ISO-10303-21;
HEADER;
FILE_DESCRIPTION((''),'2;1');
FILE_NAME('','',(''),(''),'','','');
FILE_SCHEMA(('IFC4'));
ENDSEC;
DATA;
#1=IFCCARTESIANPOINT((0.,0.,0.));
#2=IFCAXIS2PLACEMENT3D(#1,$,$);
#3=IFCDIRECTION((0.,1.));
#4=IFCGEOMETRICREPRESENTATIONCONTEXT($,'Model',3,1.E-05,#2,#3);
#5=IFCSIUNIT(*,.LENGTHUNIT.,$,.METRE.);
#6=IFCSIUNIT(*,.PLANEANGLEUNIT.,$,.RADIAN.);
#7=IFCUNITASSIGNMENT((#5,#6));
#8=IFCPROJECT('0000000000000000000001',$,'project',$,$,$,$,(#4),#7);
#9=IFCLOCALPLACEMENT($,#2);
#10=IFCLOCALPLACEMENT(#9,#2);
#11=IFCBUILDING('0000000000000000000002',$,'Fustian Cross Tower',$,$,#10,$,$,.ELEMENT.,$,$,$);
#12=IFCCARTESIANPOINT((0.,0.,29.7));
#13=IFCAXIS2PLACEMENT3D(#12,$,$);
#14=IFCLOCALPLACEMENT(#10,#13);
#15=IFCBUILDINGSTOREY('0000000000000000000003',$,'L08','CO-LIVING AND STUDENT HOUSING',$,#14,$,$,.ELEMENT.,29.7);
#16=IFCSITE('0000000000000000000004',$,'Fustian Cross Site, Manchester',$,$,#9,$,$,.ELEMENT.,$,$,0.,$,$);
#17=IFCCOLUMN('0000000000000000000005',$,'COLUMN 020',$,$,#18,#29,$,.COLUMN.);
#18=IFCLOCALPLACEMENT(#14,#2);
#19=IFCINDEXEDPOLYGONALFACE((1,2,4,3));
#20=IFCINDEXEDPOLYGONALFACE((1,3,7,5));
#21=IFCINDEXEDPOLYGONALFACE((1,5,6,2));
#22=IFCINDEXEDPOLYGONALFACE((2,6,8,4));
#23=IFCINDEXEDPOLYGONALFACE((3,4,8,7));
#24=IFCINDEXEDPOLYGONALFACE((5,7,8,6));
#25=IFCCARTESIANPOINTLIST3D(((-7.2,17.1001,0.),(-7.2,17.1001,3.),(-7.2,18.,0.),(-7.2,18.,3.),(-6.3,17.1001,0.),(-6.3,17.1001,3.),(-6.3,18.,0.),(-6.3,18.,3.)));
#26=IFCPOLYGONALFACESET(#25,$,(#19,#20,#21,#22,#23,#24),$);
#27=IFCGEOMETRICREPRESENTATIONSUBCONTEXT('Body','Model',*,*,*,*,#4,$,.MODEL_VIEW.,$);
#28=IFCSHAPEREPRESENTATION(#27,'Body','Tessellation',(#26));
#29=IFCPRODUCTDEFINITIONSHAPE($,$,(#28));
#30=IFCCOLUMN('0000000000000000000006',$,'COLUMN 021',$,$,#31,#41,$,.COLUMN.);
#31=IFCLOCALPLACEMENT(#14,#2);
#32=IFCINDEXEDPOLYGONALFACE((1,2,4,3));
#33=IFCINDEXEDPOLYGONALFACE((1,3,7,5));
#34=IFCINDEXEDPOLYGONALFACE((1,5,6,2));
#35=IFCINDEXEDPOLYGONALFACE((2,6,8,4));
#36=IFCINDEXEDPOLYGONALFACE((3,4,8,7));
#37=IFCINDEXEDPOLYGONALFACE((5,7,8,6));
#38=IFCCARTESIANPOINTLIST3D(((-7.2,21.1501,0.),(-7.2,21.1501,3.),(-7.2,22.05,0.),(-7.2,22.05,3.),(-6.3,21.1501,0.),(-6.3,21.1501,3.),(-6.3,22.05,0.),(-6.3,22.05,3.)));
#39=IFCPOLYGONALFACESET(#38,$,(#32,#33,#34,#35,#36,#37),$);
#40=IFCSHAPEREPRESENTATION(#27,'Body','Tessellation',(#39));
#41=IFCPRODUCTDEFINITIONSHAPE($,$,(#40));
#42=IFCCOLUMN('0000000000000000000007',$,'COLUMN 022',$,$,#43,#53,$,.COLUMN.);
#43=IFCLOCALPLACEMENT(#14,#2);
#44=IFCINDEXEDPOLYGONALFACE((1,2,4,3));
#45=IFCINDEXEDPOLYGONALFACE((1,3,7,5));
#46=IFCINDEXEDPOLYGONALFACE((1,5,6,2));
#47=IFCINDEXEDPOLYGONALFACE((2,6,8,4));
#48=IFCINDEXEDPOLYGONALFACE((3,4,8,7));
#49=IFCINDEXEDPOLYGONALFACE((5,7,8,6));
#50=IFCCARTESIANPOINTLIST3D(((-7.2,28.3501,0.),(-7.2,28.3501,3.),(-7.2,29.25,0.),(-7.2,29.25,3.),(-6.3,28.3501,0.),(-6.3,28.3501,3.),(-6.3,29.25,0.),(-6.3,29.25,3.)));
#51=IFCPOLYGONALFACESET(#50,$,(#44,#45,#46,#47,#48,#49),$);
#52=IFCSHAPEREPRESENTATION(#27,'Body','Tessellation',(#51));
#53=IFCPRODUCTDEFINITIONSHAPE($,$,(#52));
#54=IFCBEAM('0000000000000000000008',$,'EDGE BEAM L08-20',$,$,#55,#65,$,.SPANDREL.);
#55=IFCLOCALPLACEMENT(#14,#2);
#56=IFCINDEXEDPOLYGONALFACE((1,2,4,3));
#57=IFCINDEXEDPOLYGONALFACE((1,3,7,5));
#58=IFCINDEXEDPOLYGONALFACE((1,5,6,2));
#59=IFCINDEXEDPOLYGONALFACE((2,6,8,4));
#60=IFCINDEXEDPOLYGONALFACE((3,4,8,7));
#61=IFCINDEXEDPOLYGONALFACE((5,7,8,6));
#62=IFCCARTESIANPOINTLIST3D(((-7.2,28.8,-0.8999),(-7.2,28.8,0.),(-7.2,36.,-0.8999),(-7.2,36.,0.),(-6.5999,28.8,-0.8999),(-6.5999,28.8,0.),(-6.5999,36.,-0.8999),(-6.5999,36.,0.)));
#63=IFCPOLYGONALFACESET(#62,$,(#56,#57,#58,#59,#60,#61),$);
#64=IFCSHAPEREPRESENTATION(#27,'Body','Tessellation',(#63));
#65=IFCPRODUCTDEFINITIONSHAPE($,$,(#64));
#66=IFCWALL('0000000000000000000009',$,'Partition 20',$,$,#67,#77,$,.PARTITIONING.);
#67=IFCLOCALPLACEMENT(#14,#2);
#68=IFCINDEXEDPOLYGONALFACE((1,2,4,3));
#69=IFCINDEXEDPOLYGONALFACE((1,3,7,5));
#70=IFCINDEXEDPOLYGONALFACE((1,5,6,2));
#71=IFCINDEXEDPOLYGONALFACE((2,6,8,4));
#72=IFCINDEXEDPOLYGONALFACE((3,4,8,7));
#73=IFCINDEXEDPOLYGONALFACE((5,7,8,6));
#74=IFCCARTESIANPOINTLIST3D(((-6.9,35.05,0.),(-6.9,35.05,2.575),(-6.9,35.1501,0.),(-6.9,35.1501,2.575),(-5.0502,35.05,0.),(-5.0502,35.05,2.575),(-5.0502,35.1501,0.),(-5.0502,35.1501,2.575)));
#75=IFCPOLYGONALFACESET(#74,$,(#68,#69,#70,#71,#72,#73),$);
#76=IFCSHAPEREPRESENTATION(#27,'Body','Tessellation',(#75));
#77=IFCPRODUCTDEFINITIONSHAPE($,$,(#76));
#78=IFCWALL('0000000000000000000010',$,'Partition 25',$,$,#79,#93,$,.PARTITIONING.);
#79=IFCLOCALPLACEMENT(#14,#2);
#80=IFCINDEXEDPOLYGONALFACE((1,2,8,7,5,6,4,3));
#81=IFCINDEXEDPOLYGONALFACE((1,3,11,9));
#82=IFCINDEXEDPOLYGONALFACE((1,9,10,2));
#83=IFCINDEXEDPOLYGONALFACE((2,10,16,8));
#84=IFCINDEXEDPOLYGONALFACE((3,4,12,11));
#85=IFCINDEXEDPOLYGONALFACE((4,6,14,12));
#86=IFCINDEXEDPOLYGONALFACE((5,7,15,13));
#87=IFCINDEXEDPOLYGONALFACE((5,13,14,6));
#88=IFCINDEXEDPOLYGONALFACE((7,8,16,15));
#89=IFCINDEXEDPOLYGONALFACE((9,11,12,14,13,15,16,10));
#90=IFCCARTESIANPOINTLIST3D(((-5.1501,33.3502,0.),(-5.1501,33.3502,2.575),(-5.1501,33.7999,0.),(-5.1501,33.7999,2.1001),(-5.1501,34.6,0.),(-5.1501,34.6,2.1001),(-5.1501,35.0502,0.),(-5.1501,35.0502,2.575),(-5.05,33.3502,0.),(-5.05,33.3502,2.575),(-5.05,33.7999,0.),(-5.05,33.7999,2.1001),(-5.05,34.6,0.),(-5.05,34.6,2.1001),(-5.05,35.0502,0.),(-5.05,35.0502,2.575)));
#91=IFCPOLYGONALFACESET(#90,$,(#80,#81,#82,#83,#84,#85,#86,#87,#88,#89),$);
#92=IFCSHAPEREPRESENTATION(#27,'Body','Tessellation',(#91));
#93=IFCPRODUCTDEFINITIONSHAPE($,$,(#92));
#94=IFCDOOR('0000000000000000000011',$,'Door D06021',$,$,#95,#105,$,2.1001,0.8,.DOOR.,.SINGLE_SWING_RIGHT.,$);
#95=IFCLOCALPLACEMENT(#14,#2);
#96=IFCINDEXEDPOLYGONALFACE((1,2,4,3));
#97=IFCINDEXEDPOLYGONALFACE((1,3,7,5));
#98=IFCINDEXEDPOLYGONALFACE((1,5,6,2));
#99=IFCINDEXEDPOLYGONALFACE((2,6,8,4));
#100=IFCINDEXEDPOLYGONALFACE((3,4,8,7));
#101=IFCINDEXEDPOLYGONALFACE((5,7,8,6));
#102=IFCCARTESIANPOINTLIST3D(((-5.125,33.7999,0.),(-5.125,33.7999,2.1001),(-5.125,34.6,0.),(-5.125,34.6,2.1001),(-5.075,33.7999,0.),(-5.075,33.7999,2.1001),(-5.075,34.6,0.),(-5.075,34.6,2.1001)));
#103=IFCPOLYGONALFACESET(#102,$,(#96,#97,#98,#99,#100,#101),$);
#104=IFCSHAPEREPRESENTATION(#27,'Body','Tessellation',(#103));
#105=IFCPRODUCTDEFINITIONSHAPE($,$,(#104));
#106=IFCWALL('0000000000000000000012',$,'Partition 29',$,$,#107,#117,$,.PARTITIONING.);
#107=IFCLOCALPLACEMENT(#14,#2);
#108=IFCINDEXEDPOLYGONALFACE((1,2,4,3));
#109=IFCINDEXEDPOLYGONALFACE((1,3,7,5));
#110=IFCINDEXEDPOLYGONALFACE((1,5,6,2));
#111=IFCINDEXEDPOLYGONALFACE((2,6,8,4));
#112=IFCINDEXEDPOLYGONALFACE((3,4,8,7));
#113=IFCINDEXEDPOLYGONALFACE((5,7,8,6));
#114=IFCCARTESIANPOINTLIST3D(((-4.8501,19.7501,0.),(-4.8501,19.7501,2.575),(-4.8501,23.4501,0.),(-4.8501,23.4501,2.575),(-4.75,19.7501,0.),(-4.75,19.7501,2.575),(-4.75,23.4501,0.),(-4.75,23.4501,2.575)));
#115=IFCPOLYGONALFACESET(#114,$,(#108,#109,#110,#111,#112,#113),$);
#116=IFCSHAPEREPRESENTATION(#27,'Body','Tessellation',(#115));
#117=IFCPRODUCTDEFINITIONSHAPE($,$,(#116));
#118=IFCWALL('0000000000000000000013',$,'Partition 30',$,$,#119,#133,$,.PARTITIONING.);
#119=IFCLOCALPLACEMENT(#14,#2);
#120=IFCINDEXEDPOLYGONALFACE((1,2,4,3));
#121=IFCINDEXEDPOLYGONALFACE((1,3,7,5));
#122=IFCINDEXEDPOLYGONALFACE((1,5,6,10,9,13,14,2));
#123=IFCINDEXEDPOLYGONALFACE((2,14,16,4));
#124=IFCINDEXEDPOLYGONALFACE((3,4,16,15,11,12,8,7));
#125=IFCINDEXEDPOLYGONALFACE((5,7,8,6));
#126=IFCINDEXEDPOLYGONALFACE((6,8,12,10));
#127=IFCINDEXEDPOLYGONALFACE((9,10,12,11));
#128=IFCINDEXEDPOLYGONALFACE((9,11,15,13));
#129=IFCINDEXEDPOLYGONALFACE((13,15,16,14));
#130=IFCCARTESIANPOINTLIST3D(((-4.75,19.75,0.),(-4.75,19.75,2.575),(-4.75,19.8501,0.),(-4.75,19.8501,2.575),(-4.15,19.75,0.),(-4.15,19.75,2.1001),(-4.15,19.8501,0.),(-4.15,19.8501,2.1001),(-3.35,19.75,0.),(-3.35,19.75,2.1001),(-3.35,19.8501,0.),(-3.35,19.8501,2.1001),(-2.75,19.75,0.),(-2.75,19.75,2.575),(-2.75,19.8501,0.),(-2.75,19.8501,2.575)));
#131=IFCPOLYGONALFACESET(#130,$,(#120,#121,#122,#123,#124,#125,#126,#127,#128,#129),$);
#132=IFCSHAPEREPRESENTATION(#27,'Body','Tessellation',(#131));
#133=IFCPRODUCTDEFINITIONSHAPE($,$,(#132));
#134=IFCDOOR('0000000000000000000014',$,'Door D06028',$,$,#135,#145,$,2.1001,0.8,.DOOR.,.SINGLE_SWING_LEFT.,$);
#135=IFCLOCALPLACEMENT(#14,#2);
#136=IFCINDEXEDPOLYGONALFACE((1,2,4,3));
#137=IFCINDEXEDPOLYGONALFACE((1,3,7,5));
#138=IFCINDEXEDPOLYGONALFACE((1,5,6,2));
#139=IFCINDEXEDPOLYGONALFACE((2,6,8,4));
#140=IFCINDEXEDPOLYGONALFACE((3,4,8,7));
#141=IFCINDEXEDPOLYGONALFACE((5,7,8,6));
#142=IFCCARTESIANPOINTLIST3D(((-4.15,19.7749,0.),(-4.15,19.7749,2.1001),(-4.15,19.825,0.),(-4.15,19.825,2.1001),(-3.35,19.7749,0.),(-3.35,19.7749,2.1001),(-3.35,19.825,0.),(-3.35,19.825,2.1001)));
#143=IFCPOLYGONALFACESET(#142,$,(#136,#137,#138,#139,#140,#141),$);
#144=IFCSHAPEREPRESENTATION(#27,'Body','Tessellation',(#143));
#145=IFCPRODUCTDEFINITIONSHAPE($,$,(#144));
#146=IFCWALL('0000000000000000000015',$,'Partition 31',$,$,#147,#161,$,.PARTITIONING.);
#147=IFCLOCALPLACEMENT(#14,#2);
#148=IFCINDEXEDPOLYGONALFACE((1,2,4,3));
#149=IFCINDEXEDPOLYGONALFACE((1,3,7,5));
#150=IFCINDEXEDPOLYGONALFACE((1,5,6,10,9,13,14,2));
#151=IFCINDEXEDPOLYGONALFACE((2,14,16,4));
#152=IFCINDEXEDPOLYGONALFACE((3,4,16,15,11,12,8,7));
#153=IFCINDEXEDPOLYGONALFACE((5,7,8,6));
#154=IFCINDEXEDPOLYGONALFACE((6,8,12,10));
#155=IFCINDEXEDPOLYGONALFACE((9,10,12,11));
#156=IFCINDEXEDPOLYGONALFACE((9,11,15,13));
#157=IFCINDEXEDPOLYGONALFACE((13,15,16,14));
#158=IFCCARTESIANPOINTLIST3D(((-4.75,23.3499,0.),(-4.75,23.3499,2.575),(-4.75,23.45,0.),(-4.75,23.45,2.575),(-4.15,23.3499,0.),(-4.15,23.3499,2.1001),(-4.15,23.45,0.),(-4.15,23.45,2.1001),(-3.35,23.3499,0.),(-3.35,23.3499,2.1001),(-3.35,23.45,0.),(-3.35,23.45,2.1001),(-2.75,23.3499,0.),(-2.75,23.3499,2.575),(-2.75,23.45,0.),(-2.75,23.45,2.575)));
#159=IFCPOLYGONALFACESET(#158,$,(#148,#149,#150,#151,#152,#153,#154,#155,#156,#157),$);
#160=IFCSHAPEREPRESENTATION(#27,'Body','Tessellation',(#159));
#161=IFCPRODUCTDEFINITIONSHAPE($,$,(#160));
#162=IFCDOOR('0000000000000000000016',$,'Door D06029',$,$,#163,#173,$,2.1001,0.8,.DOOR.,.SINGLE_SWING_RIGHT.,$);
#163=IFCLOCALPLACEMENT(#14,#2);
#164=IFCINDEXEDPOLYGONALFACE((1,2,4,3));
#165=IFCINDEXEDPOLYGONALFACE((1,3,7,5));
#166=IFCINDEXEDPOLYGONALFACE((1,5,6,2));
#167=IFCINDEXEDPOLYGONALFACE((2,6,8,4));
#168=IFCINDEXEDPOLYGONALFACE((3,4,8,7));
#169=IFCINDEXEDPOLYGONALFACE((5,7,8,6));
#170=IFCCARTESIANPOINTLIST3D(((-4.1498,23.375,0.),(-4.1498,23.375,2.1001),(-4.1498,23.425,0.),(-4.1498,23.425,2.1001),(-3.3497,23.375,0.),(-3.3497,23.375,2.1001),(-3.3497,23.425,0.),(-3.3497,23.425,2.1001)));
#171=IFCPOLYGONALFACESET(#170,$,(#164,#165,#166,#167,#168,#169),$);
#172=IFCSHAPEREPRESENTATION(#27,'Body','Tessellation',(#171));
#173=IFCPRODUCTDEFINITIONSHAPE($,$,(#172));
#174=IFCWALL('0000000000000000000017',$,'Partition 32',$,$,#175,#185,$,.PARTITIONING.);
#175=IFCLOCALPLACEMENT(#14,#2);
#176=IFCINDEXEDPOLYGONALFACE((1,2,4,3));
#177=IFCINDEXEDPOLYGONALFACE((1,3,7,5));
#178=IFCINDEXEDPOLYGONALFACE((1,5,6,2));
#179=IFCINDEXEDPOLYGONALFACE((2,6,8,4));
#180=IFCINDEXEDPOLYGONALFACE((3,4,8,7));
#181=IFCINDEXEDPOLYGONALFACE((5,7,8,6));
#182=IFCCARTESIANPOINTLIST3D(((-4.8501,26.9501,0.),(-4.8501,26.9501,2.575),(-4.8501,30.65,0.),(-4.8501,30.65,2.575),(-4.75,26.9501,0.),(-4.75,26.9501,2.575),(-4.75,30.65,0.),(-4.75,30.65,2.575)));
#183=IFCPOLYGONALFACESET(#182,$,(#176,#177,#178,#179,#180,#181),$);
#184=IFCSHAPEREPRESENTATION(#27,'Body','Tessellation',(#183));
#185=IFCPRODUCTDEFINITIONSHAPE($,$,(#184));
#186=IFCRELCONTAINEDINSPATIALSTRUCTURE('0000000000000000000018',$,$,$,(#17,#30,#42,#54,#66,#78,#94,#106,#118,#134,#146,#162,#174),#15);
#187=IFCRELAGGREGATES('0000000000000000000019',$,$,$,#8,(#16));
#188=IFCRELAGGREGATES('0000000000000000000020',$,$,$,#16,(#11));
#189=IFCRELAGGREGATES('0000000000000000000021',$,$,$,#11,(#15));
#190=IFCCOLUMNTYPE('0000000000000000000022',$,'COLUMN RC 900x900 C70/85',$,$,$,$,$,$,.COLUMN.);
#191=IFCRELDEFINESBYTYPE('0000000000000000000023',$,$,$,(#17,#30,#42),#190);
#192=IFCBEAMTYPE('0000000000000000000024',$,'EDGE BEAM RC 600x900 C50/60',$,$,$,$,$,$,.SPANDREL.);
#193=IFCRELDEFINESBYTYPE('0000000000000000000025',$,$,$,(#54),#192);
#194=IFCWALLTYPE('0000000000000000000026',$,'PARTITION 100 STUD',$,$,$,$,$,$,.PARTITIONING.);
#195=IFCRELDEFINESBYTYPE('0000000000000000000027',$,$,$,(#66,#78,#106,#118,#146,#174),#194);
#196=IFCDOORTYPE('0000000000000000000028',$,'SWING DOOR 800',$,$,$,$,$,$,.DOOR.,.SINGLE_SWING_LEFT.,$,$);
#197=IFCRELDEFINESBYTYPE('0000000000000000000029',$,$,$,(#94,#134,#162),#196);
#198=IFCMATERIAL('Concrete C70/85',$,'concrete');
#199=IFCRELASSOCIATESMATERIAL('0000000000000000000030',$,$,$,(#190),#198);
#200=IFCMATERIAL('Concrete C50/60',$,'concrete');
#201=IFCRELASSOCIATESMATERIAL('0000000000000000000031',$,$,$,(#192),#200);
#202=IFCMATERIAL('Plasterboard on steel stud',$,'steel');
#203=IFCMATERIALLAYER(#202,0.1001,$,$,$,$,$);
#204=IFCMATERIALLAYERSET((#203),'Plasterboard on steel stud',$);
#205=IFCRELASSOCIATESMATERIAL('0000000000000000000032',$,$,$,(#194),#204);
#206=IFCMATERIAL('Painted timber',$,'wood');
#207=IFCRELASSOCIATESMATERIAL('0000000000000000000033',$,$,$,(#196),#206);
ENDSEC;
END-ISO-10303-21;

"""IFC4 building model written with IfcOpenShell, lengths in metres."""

from ifc_helpers import new_model, si_unit, direction, frame, frame_2d, origin, origin_2d, place, context, subcontext, project, spatial, rectangle, extrude, material, layer, layer_set, material_profile, profile_set, type_object, element, fill, save


model = new_model("IFC4")

# Units and contexts
model_context = context("Model", 3, precision=1e-05, world=origin(), true_north=direction((0.0, 1.0)))
body_context = subcontext(model_context, "Body", "Model", "MODEL_VIEW")
ifc_project = project(units=[si_unit("LENGTHUNIT", "METRE"), si_unit("PLANEANGLEUNIT", "RADIAN")], contexts=[model_context])

# Site, building, storey
site_placement = place(None, origin())
site = spatial("IfcSite", under=ifc_project, at=site_placement, Name="Fustian Cross Site, Manchester", CompositionType="ELEMENT", RefElevation=0.0)
building_placement = place(site_placement, origin())
building = spatial("IfcBuilding", under=site, at=building_placement, Name="Fustian Cross Tower", CompositionType="ELEMENT")
storey_placement = place(building_placement, frame((0.0, 0.0, 29.7)))
storey = spatial("IfcBuildingStorey", under=building, at=storey_placement, Name="L08", Description="CO-LIVING AND STUDENT HOUSING", CompositionType="ELEMENT", Elevation=29.7)

# Columns
ifc_material_1 = material(Name="Concrete C70/85", Category="concrete")
ifc_material_profile_1 = material_profile(ifc_material_1, rectangle(XDim=0.8999, YDim=0.8999, at=origin_2d()), Name="RC 900x900")
ifc_profile_set_1 = profile_set([ifc_material_profile_1], Name="Concrete C70/85")
column_type = type_object("IfcColumnType", Name="COLUMN RC 900x900 C70/85", PredefinedType="COLUMN", material=ifc_profile_set_1)
for number, where, z_axis, x_axis, name in (
    (1, (-6.75, 17.55, 0.0), (0.0, 0.0, 1.0), (1.0, 0.0, 0.0), "COLUMN 020"),
    (2, (-6.75, 21.6001, 0.0), (0.0, 0.0, 1.0), (1.0, 0.0, 0.0), "COLUMN 021"),
    (3, (-6.75, 28.8, 0.0), (0.0, 0.0, 1.0), (1.0, 0.0, 0.0), "COLUMN 022"),
):
    element("IfcColumn", number, at=place(storey_placement, frame(where, z_axis=z_axis, x_axis=x_axis)), inside=storey, type_object=column_type, Name=name, PredefinedType="COLUMN", context=body_context, shape_type="SweptSolid", body=[
        extrude(rectangle(XDim=0.8999, YDim=0.8999, at=origin_2d()), origin(), (0.0, 0.0, 1.0), 3.0),
    ])

# Beam
ifc_material_2 = material(Name="Concrete C50/60", Category="concrete")
ifc_material_profile_2 = material_profile(ifc_material_2, rectangle(XDim=0.6001, YDim=0.8999, at=origin_2d()), Name="RC 600x900")
ifc_profile_set_2 = profile_set([ifc_material_profile_2], Name="Concrete C50/60")
beam_type = type_object("IfcBeamType", Name="EDGE BEAM RC 600x900 C50/60", PredefinedType="SPANDREL", material=ifc_profile_set_2)
beam_placement = place(storey_placement, frame((-6.8999, 36.0, -0.45), z_axis=(0.0, -1.0, 0.0), x_axis=(1.0, 0.0, 0.0)))
element("IfcBeam", 4, at=beam_placement, inside=storey, type_object=beam_type, Name="EDGE BEAM L08-20", PredefinedType="SPANDREL", context=body_context, shape_type="SweptSolid", body=[
    extrude(rectangle(XDim=0.6001, YDim=0.8999, at=origin_2d()), origin(), (0.0, 0.0, 1.0), 7.2),
])

# Wall
ifc_material_3 = material(Name="Plasterboard on steel stud", Category="steel")
ifc_layer = layer(ifc_material_3, 0.1001)
ifc_layer_set = layer_set([ifc_layer], Name="Plasterboard on steel stud")
wall_type = type_object("IfcWallType", Name="PARTITION 100 STUD", PredefinedType="PARTITIONING", material=ifc_layer_set)
wall_1_placement = place(storey_placement, frame((-6.8999, 35.1001, 0.0), z_axis=(0.0, 0.0, 1.0), x_axis=(1.0, 0.0, 0.0)))
element("IfcWall", 5, at=wall_1_placement, inside=storey, type_object=wall_type, Name="Partition 20", PredefinedType="PARTITIONING", context=body_context, shape_type="SweptSolid", body=[
    extrude(rectangle(XDim=1.8499, YDim=0.1001, at=frame_2d((0.9248, 0.0))), origin(), (0.0, 0.0, 1.0), 2.575),
])

# Wall, opening, door
wall_2_placement = place(storey_placement, frame((-5.1001, 33.3501, 0.0), z_axis=(0.0, 0.0, 1.0), x_axis=(0.0, 1.0, 0.0)))
wall_2 = element("IfcWall", 6, at=wall_2_placement, inside=storey, type_object=wall_type, Name="Partition 25", PredefinedType="PARTITIONING", context=body_context, shape_type="SweptSolid", body=[
    extrude(rectangle(XDim=1.7, YDim=0.1001, at=frame_2d((0.8501, 0.0))), origin(), (0.0, 0.0, 1.0), 2.575),
])
opening_1_placement = place(wall_2_placement, frame((0.45, 0.0, 0.0)))
opening_1 = element("IfcOpeningElement", 7, at=opening_1_placement, cuts=wall_2, PredefinedType="OPENING", context=body_context, shape_type="SweptSolid", body=[
    extrude(rectangle(XDim=0.8, YDim=2.1001, at=frame_2d((0.3999, 1.05))), frame((0.0, 0.0601, 0.0), z_axis=(0.0, -1.0, 0.0), x_axis=(1.0, 0.0, 0.0)), (0.0, 0.0, 1.0), 0.1201),
])
ifc_material_4 = material(Name="Painted timber", Category="wood")
door_type_1 = type_object("IfcDoorType", Name="SWING DOOR 800", OperationType="SINGLE_SWING_LEFT", PredefinedType="DOOR", material=ifc_material_4)
door_1_placement = place(opening_1_placement, origin())
door_1 = element("IfcDoor", 8, at=door_1_placement, inside=storey, type_object=door_type_1, Name="Door D06021", OperationType="SINGLE_SWING_RIGHT", OverallHeight=2.1001, OverallWidth=0.8, PredefinedType="DOOR", context=body_context, shape_type="SweptSolid", body=[
    extrude(rectangle(XDim=0.8, YDim=2.1001, at=frame_2d((0.3999, 1.05))), frame((0.0, 0.0249, 0.0), z_axis=(0.0, -1.0, 0.0), x_axis=(1.0, 0.0, 0.0)), (0.0, 0.0, 1.0), 0.05),
])
fill(opening_1, door_1)

# Wall
wall_3_placement = place(storey_placement, frame((-4.8, 19.75, 0.0), z_axis=(0.0, 0.0, 1.0), x_axis=(0.0, 1.0, 0.0)))
element("IfcWall", 9, at=wall_3_placement, inside=storey, type_object=wall_type, Name="Partition 29", PredefinedType="PARTITIONING", context=body_context, shape_type="SweptSolid", body=[
    extrude(rectangle(XDim=3.7, YDim=0.1001, at=frame_2d((1.8501, 0.0))), origin(), (0.0, 0.0, 1.0), 2.575),
])

# Walls, openings, doors
wall_4_placement = place(storey_placement, frame((-4.75, 19.8, 0.0), z_axis=(0.0, 0.0, 1.0), x_axis=(1.0, 0.0, 0.0)))
wall_4 = element("IfcWall", 10, at=wall_4_placement, inside=storey, type_object=wall_type, Name="Partition 30", PredefinedType="PARTITIONING", context=body_context, shape_type="SweptSolid", body=[
    extrude(rectangle(XDim=2.0, YDim=0.1001, at=frame_2d((1.0, 0.0))), origin(), (0.0, 0.0, 1.0), 2.575),
])
opening_2_placement = place(wall_4_placement, frame((0.6001, 0.0, 0.0)))
opening_2 = element("IfcOpeningElement", 11, at=opening_2_placement, cuts=wall_4, PredefinedType="OPENING", context=body_context, shape_type="SweptSolid", body=[
    extrude(rectangle(XDim=0.8, YDim=2.1001, at=frame_2d((0.3999, 1.05))), frame((0.0, 0.0601, 0.0), z_axis=(0.0, -1.0, 0.0), x_axis=(1.0, 0.0, 0.0)), (0.0, 0.0, 1.0), 0.1201),
])
door_2_placement = place(opening_2_placement, origin())
door_2 = element("IfcDoor", 12, at=door_2_placement, inside=storey, type_object=door_type_1, Name="Door D06028", OperationType="SINGLE_SWING_LEFT", OverallHeight=2.1001, OverallWidth=0.8, PredefinedType="DOOR", context=body_context, shape_type="SweptSolid", body=[
    extrude(rectangle(XDim=0.8, YDim=2.1001, at=frame_2d((0.3999, 1.05))), frame((0.0, 0.0249, 0.0), z_axis=(0.0, -1.0, 0.0), x_axis=(1.0, 0.0, 0.0)), (0.0, 0.0, 1.0), 0.05),
])
fill(opening_2, door_2)
wall_5_placement = place(storey_placement, frame((-4.75, 23.3999, 0.0), z_axis=(0.0, 0.0, 1.0), x_axis=(1.0, 0.0, 0.0)))
wall_5 = element("IfcWall", 13, at=wall_5_placement, inside=storey, type_object=wall_type, Name="Partition 31", PredefinedType="PARTITIONING", context=body_context, shape_type="SweptSolid", body=[
    extrude(rectangle(XDim=2.0, YDim=0.1001, at=frame_2d((1.0, 0.0))), origin(), (0.0, 0.0, 1.0), 2.575),
])
opening_3_placement = place(wall_5_placement, frame((0.6001, 0.0, 0.0)))
opening_3 = element("IfcOpeningElement", 14, at=opening_3_placement, cuts=wall_5, PredefinedType="OPENING", context=body_context, shape_type="SweptSolid", body=[
    extrude(rectangle(XDim=0.8, YDim=2.1001, at=frame_2d((0.3999, 1.05))), frame((0.0, 0.0601, 0.0), z_axis=(0.0, -1.0, 0.0), x_axis=(1.0, 0.0, 0.0)), (0.0, 0.0, 1.0), 0.1201),
])
door_3_placement = place(opening_3_placement, frame((0.8, 0.0, 0.0), z_axis=(0.0, 0.0, 1.0), x_axis=(-1.0, 0.0, 0.0)))
door_3 = element("IfcDoor", 15, at=door_3_placement, inside=storey, type_object=door_type_1, Name="Door D06029", OperationType="SINGLE_SWING_RIGHT", OverallHeight=2.1001, OverallWidth=0.8, PredefinedType="DOOR", context=body_context, shape_type="SweptSolid", body=[
    extrude(rectangle(XDim=0.8, YDim=2.1001, at=frame_2d((0.3999, 1.05))), frame((0.0, 0.0249, 0.0), z_axis=(0.0, -1.0, 0.0), x_axis=(1.0, 0.0, 0.0)), (0.0, 0.0, 1.0), 0.05),
])
fill(opening_3, door_3)

# Wall
wall_6_placement = place(storey_placement, frame((-4.8, 26.95, 0.0), z_axis=(0.0, 0.0, 1.0), x_axis=(0.0, 1.0, 0.0)))
element("IfcWall", 16, at=wall_6_placement, inside=storey, type_object=wall_type, Name="Partition 32", PredefinedType="PARTITIONING", context=body_context, shape_type="SweptSolid", body=[
    extrude(rectangle(XDim=3.7, YDim=0.1001, at=frame_2d((1.8501, 0.0))), origin(), (0.0, 0.0, 1.0), 2.575),
])

save(model, "model.ifc")
